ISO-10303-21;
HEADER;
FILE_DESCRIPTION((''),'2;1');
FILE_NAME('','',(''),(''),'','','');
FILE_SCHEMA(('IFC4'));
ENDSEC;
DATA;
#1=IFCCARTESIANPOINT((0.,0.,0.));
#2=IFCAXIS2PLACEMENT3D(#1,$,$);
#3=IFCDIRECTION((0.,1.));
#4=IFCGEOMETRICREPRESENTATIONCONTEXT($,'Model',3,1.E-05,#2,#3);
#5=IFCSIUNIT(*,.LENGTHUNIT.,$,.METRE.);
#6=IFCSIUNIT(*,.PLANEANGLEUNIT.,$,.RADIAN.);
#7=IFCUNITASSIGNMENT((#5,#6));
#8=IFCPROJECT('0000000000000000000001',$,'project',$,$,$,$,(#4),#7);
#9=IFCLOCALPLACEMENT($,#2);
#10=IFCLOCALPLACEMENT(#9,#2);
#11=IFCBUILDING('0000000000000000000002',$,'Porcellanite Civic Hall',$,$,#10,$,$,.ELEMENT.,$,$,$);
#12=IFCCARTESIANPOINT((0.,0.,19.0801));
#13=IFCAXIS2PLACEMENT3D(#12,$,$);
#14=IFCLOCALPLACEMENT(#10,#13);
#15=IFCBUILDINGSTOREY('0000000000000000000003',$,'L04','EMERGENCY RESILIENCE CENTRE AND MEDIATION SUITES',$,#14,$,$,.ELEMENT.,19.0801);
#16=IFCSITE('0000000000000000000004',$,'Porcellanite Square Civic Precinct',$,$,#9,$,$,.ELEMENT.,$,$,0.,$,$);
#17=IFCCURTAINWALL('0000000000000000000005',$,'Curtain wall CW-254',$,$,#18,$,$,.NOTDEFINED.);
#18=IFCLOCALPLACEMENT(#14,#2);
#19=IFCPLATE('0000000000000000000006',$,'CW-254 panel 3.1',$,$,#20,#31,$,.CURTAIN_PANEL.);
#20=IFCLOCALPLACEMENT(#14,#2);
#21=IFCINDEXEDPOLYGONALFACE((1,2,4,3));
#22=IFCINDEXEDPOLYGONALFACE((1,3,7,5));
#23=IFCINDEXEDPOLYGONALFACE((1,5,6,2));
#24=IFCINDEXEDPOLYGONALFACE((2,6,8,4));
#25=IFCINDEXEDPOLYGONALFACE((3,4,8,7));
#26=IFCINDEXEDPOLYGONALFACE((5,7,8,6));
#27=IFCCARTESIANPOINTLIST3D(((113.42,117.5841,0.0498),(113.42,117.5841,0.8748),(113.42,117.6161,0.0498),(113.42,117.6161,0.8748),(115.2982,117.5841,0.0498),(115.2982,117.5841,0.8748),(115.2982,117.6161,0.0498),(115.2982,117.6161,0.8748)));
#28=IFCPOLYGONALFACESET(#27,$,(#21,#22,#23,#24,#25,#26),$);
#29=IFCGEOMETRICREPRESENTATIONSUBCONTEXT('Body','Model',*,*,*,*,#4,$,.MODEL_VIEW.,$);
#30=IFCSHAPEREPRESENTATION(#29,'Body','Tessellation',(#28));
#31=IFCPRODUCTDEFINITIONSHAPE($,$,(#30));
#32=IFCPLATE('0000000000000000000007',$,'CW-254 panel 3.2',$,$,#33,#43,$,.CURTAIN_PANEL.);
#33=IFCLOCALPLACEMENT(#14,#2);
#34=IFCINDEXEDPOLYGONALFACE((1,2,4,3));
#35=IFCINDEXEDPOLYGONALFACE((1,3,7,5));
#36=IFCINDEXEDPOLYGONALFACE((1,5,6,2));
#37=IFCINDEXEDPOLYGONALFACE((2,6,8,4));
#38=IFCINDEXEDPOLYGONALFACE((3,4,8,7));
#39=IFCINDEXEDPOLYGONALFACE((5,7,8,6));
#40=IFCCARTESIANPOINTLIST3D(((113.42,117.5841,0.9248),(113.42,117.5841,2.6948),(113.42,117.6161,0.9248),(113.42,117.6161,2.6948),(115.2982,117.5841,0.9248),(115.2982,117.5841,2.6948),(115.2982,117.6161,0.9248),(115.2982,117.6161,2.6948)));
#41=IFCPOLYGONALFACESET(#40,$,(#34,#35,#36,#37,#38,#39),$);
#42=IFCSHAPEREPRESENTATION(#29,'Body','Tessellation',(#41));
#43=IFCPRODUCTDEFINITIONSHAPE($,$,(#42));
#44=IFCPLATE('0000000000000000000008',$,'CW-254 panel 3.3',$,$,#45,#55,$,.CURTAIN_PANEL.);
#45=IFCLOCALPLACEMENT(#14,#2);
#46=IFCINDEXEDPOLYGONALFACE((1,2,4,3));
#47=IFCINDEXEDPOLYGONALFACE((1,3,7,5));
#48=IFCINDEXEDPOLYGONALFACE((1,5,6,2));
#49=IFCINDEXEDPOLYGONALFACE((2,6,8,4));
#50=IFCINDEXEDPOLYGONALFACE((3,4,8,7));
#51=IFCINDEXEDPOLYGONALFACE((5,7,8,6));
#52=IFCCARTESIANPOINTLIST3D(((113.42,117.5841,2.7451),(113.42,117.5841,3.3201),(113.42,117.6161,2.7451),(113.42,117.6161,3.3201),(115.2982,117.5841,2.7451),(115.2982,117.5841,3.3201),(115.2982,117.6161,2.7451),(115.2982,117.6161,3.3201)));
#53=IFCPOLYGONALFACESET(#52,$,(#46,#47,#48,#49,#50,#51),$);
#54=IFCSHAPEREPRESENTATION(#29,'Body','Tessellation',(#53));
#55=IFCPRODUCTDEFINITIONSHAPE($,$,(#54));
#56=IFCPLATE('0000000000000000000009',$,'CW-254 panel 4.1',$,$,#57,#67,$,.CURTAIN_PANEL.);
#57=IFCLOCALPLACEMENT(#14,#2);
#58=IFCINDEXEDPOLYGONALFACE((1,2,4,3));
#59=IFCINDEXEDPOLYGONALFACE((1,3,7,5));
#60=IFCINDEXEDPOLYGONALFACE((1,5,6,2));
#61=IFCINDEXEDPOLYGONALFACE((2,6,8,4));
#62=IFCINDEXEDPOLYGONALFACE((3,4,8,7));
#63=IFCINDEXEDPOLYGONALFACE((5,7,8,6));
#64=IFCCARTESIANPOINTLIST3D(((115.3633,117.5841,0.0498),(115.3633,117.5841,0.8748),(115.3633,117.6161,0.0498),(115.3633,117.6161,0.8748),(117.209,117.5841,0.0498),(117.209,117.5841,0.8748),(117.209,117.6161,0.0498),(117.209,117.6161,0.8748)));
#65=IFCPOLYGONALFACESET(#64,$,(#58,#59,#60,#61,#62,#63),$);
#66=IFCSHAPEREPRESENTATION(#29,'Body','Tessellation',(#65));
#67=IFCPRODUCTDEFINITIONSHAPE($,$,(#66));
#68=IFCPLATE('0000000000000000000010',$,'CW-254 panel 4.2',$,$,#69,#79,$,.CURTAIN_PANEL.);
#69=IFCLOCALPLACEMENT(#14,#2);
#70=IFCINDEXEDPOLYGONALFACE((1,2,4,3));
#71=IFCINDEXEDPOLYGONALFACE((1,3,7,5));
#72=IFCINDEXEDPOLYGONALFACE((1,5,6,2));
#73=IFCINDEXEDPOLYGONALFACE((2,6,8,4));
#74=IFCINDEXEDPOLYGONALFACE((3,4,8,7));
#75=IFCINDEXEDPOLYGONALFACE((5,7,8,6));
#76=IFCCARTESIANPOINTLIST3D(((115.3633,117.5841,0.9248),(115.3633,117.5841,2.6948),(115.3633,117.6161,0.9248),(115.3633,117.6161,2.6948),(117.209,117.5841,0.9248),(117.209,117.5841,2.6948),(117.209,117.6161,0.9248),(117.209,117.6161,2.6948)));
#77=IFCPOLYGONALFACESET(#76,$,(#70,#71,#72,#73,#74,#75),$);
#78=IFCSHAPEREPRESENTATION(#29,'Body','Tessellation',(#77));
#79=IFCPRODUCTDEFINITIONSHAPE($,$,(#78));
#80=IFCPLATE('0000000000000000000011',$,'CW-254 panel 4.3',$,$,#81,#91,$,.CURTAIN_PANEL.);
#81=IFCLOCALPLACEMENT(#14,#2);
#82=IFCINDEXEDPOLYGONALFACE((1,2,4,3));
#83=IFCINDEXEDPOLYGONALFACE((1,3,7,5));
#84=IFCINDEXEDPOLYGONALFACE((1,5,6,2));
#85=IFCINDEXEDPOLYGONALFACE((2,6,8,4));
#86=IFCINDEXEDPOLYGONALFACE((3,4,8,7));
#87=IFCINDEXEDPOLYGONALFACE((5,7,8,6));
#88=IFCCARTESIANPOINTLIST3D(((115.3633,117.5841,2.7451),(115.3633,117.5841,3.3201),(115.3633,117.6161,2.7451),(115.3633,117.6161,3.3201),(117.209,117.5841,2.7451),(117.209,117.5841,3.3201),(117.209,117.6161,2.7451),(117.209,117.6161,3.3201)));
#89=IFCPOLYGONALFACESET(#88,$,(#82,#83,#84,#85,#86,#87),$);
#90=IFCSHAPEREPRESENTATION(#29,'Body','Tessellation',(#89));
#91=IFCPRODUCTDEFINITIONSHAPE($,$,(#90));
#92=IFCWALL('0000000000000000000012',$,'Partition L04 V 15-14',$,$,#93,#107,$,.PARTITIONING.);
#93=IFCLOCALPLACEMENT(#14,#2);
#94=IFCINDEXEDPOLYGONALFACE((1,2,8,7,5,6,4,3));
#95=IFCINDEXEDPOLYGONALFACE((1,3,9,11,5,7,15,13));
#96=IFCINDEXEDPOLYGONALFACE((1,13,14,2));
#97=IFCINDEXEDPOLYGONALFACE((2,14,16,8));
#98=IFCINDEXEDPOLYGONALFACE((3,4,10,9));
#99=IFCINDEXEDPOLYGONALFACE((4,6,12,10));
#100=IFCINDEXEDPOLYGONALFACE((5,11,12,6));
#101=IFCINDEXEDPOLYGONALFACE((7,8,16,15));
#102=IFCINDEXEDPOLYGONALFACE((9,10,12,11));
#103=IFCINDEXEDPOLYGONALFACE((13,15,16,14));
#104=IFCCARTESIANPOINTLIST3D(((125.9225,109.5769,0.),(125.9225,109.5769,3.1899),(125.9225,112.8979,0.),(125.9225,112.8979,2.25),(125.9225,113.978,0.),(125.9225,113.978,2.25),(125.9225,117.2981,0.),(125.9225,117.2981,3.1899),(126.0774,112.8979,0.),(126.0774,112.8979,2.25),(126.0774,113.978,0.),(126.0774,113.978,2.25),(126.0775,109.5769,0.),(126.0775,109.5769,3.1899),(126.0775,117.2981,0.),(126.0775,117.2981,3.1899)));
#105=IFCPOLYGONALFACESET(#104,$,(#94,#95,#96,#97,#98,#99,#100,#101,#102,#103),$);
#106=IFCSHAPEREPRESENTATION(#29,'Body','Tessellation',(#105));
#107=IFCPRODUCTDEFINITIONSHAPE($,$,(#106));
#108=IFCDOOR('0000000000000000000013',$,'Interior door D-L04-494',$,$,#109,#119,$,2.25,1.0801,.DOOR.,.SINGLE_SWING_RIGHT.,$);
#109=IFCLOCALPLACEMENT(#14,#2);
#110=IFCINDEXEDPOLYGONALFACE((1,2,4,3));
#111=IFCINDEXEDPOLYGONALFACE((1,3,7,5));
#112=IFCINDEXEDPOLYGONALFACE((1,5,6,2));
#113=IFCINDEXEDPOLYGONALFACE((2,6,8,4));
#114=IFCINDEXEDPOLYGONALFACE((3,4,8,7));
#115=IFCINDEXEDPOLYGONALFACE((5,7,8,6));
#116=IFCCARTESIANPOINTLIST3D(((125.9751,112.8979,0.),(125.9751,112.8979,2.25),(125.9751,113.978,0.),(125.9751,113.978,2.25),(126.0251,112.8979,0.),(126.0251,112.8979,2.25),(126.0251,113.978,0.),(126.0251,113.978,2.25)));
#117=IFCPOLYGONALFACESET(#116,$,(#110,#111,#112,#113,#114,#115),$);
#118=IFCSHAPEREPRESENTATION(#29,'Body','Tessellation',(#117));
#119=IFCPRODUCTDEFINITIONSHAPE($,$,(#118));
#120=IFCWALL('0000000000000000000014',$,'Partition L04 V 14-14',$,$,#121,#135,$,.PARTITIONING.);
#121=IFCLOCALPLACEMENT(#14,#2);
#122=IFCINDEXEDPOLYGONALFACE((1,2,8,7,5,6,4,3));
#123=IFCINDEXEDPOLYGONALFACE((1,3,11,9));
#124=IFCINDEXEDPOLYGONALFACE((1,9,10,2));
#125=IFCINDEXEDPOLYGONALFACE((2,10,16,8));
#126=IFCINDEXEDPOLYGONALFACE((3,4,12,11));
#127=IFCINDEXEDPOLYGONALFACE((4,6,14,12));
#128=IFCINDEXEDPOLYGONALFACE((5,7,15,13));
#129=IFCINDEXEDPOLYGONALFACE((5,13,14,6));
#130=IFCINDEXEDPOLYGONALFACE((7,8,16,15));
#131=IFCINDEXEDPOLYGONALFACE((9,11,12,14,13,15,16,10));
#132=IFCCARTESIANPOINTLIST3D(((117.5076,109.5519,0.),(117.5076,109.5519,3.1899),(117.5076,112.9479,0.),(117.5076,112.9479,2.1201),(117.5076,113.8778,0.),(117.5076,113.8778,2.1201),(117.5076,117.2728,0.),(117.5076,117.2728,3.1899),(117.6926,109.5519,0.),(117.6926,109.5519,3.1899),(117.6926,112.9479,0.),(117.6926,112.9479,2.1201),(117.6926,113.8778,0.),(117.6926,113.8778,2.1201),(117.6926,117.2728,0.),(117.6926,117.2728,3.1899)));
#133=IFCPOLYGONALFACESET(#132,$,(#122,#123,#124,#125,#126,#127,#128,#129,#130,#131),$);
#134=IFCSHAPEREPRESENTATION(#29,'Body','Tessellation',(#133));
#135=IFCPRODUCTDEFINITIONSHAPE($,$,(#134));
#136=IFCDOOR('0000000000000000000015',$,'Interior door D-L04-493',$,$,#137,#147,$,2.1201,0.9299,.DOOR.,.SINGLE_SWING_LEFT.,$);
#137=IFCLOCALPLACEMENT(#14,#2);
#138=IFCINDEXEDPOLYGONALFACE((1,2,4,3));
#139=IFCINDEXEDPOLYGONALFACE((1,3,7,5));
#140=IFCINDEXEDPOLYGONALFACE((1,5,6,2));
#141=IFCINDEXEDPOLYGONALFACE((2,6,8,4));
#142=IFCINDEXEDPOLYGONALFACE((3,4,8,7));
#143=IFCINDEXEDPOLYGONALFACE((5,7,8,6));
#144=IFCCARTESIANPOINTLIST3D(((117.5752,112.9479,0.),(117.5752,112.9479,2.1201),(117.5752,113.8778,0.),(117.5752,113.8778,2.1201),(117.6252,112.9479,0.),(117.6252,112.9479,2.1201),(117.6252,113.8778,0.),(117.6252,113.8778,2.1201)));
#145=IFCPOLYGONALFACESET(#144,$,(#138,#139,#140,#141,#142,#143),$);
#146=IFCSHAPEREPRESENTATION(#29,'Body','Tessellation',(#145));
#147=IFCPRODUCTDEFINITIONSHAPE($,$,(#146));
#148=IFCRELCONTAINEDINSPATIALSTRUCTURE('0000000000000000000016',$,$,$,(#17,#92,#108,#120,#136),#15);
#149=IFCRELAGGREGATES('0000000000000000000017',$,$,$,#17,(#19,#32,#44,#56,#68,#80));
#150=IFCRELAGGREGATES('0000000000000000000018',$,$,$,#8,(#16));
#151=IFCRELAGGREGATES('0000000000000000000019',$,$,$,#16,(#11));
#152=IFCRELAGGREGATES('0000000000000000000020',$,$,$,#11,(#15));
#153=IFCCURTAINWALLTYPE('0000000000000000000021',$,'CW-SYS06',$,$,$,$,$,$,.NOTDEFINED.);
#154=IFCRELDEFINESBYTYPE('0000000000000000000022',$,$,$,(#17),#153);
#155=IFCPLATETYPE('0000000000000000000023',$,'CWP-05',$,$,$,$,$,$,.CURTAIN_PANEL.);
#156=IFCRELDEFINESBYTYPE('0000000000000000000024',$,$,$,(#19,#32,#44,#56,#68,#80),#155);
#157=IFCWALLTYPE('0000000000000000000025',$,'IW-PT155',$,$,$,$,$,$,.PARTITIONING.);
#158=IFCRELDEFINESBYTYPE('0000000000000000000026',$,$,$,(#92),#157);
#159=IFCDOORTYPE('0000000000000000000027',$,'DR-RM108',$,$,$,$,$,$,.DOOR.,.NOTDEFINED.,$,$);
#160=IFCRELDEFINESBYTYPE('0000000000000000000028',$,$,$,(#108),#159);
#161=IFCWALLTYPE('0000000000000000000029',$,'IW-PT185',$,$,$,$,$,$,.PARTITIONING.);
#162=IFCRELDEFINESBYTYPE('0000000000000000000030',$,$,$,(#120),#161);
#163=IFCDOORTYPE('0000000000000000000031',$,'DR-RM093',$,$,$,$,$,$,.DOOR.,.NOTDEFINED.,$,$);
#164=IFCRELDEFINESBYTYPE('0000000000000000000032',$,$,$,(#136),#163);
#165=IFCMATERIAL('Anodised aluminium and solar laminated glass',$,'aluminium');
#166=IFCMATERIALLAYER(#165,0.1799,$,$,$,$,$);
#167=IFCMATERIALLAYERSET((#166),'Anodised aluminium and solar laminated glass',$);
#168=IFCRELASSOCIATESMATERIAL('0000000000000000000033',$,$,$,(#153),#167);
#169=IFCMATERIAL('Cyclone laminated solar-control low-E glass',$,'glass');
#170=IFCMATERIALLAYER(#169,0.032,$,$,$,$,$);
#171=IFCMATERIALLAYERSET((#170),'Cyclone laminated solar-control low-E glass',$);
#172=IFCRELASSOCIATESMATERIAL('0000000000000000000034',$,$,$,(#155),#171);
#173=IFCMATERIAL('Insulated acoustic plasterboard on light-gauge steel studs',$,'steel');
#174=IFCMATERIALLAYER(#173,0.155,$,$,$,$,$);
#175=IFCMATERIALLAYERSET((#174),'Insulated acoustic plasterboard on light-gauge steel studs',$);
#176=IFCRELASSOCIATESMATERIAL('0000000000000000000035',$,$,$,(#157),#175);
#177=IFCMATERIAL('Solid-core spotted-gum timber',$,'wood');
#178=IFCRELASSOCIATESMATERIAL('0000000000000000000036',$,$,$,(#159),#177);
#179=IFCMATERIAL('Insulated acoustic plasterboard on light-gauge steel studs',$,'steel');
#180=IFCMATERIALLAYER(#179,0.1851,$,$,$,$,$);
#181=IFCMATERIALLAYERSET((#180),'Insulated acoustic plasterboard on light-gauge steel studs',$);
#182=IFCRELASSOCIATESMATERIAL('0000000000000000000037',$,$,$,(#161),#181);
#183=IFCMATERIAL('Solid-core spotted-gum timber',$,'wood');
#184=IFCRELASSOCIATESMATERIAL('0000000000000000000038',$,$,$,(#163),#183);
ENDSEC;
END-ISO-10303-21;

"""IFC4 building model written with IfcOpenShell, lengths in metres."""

from ifc_helpers import new_model, si_unit, direction, frame, frame_2d, origin, origin_2d, place, context, subcontext, project, spatial, rectangle, extrude, material, layer, layer_set, type_object, element, fill, aggregate, save


model = new_model("IFC4")

# Units and contexts
model_context = context("Model", 3, precision=1e-05, world=origin(), true_north=direction((0.0, 1.0)))
body_context = subcontext(model_context, "Body", "Model", "MODEL_VIEW")
ifc_project = project(units=[si_unit("LENGTHUNIT", "METRE"), si_unit("PLANEANGLEUNIT", "RADIAN")], contexts=[model_context])

# Site, building, storey
site_placement = place(None, origin())
site = spatial("IfcSite", under=ifc_project, at=site_placement, Name="Porcellanite Square Civic Precinct", CompositionType="ELEMENT", RefElevation=0.0)
building_placement = place(site_placement, origin())
building = spatial("IfcBuilding", under=site, at=building_placement, Name="Porcellanite Civic Hall", CompositionType="ELEMENT")
storey_placement = place(building_placement, frame((0.0, 0.0, 19.0801)))
storey = spatial("IfcBuildingStorey", under=building, at=storey_placement, Name="L04", Description="EMERGENCY RESILIENCE CENTRE AND MEDIATION SUITES", CompositionType="ELEMENT", Elevation=19.0801)

# Curtain wall
ifc_material_1 = material(Name="Anodised aluminium and solar laminated glass", Category="aluminium")
ifc_layer_1 = layer(ifc_material_1, 0.1799)
ifc_layer_set_1 = layer_set([ifc_layer_1], Name="Anodised aluminium and solar laminated glass")
curtain_wall_type = type_object("IfcCurtainWallType", Name="CW-SYS06", PredefinedType="NOTDEFINED", material=ifc_layer_set_1)
curtain_wall_placement = place(storey_placement, origin())
curtain_wall = element("IfcCurtainWall", 1, at=curtain_wall_placement, inside=storey, type_object=curtain_wall_type, Name="Curtain wall CW-254", PredefinedType="NOTDEFINED")

# Plates
ifc_material_2 = material(Name="Cyclone laminated solar-control low-E glass", Category="glass")
ifc_layer_2 = layer(ifc_material_2, 0.032)
ifc_layer_set_2 = layer_set([ifc_layer_2], Name="Cyclone laminated solar-control low-E glass")
plate_type = type_object("IfcPlateType", Name="CWP-05", PredefinedType="CURTAIN_PANEL", material=ifc_layer_set_2)
plate_1_placement = place(storey_placement, frame((114.3591, 117.6001, 0.0498), z_axis=(0.0, 0.0, 1.0), x_axis=(1.0, 0.0, 0.0)))
plate_1 = element("IfcPlate", 2, at=plate_1_placement, type_object=plate_type, Name="CW-254 panel 3.1", PredefinedType="CURTAIN_PANEL", context=body_context, shape_type="SweptSolid", body=[
    extrude(rectangle(XDim=1.8782, YDim=0.032, at=origin_2d()), origin(), (0.0, 0.0, 1.0), 0.825),
])
plate_2_placement = place(storey_placement, frame((114.3591, 117.6001, 0.9248), z_axis=(0.0, 0.0, 1.0), x_axis=(1.0, 0.0, 0.0)))
plate_2 = element("IfcPlate", 3, at=plate_2_placement, type_object=plate_type, Name="CW-254 panel 3.2", PredefinedType="CURTAIN_PANEL", context=body_context, shape_type="SweptSolid", body=[
    extrude(rectangle(XDim=1.8782, YDim=0.032, at=origin_2d()), origin(), (0.0, 0.0, 1.0), 1.77),
])
plate_3_placement = place(storey_placement, frame((114.3591, 117.6001, 2.7451), z_axis=(0.0, 0.0, 1.0), x_axis=(1.0, 0.0, 0.0)))
plate_3 = element("IfcPlate", 4, at=plate_3_placement, type_object=plate_type, Name="CW-254 panel 3.3", PredefinedType="CURTAIN_PANEL", context=body_context, shape_type="SweptSolid", body=[
    extrude(rectangle(XDim=1.8782, YDim=0.032, at=origin_2d()), origin(), (0.0, 0.0, 1.0), 0.575),
])
plate_4_placement = place(storey_placement, frame((116.2861, 117.6001, 0.0498), z_axis=(0.0, 0.0, 1.0), x_axis=(1.0, 0.0, 0.0)))
plate_4 = element("IfcPlate", 5, at=plate_4_placement, type_object=plate_type, Name="CW-254 panel 4.1", PredefinedType="CURTAIN_PANEL", context=body_context, shape_type="SweptSolid", body=[
    extrude(rectangle(XDim=1.8457, YDim=0.032, at=origin_2d()), origin(), (0.0, 0.0, 1.0), 0.825),
])
plate_5_placement = place(storey_placement, frame((116.2861, 117.6001, 0.9248), z_axis=(0.0, 0.0, 1.0), x_axis=(1.0, 0.0, 0.0)))
plate_5 = element("IfcPlate", 6, at=plate_5_placement, type_object=plate_type, Name="CW-254 panel 4.2", PredefinedType="CURTAIN_PANEL", context=body_context, shape_type="SweptSolid", body=[
    extrude(rectangle(XDim=1.8457, YDim=0.032, at=origin_2d()), origin(), (0.0, 0.0, 1.0), 1.77),
])
plate_6_placement = place(storey_placement, frame((116.2861, 117.6001, 2.7451), z_axis=(0.0, 0.0, 1.0), x_axis=(1.0, 0.0, 0.0)))
plate_6 = element("IfcPlate", 7, at=plate_6_placement, type_object=plate_type, Name="CW-254 panel 4.3", PredefinedType="CURTAIN_PANEL", context=body_context, shape_type="SweptSolid", body=[
    extrude(rectangle(XDim=1.8457, YDim=0.032, at=origin_2d()), origin(), (0.0, 0.0, 1.0), 0.575),
])
aggregate(curtain_wall, [plate_1, plate_2, plate_3, plate_4, plate_5, plate_6])

# Walls, openings, doors
ifc_material_3 = material(Name="Insulated acoustic plasterboard on light-gauge steel studs", Category="steel")
ifc_layer_3 = layer(ifc_material_3, 0.155)
ifc_layer_set_3 = layer_set([ifc_layer_3], Name="Insulated acoustic plasterboard on light-gauge steel studs")
wall_type_1 = type_object("IfcWallType", Name="IW-PT155", PredefinedType="PARTITIONING", material=ifc_layer_set_3)
wall_1_placement = place(storey_placement, frame((126.0, 109.5769, 0.0), z_axis=(0.0, 0.0, 1.0), x_axis=(0.0, 1.0, 0.0)))
wall_1 = element("IfcWall", 8, at=wall_1_placement, inside=storey, type_object=wall_type_1, Name="Partition L04 V 15-14", PredefinedType="PARTITIONING", context=body_context, shape_type="SweptSolid", body=[
    extrude(rectangle(XDim=7.7212, YDim=0.155, at=frame_2d((3.8606, 0.0))), origin(), (0.0, 0.0, 1.0), 3.1899),
])
opening_1_placement = place(wall_1_placement, frame((3.321, 0.0, 0.0)))
opening_1 = element("IfcOpeningElement", 9, at=opening_1_placement, cuts=wall_1, PredefinedType="OPENING", context=body_context, shape_type="SweptSolid", body=[
    extrude(rectangle(XDim=1.0801, YDim=2.25, at=frame_2d((0.54, 1.125))), frame((0.0, 0.0776, 0.0), z_axis=(0.0, -1.0, 0.0), x_axis=(1.0, 0.0, 0.0)), (0.0, 0.0, 1.0), 0.155),
])
ifc_material_4 = material(Name="Solid-core spotted-gum timber", Category="wood")
door_type_1 = type_object("IfcDoorType", Name="DR-RM108", OperationType="NOTDEFINED", PredefinedType="DOOR", material=ifc_material_4)
door_1_placement = place(opening_1_placement, origin())
door_1 = element("IfcDoor", 10, at=door_1_placement, inside=storey, type_object=door_type_1, Name="Interior door D-L04-494", OperationType="SINGLE_SWING_RIGHT", OverallHeight=2.25, OverallWidth=1.0801, PredefinedType="DOOR", context=body_context, shape_type="SweptSolid", body=[
    extrude(rectangle(XDim=1.0801, YDim=2.25, at=frame_2d((0.54, 1.125))), frame((0.0, 0.0249, 0.0), z_axis=(0.0, -1.0, 0.0), x_axis=(1.0, 0.0, 0.0)), (0.0, 0.0, 1.0), 0.05),
])
fill(opening_1, door_1)
ifc_material_5 = material(Name="Insulated acoustic plasterboard on light-gauge steel studs", Category="steel")
ifc_layer_4 = layer(ifc_material_5, 0.1851)
ifc_layer_set_4 = layer_set([ifc_layer_4], Name="Insulated acoustic plasterboard on light-gauge steel studs")
wall_type_2 = type_object("IfcWallType", Name="IW-PT185", PredefinedType="PARTITIONING", material=ifc_layer_set_4)
wall_2_placement = place(storey_placement, frame((117.6001, 109.552, 0.0), z_axis=(0.0, 0.0, 1.0), x_axis=(0.0, 1.0, 0.0)))
wall_2 = element("IfcWall", 11, at=wall_2_placement, inside=storey, type_object=wall_type_2, Name="Partition L04 V 14-14", PredefinedType="PARTITIONING", context=body_context, shape_type="SweptSolid", body=[
    extrude(rectangle(XDim=7.7209, YDim=0.1851, at=frame_2d((3.8604, 0.0))), origin(), (0.0, 0.0, 1.0), 3.1899),
])
opening_2_placement = place(wall_2_placement, frame((3.396, 0.0, 0.0)))
opening_2 = element("IfcOpeningElement", 12, at=opening_2_placement, cuts=wall_2, PredefinedType="OPENING", context=body_context, shape_type="SweptSolid", body=[
    extrude(rectangle(XDim=0.9299, YDim=2.1201, at=frame_2d((0.4648, 1.0601))), frame((0.0, 0.0925, 0.0), z_axis=(0.0, -1.0, 0.0), x_axis=(1.0, 0.0, 0.0)), (0.0, 0.0, 1.0), 0.1851),
])
ifc_material_6 = material(Name="Solid-core spotted-gum timber", Category="wood")
door_type_2 = type_object("IfcDoorType", Name="DR-RM093", OperationType="NOTDEFINED", PredefinedType="DOOR", material=ifc_material_6)
door_2_placement = place(opening_2_placement, origin())
door_2 = element("IfcDoor", 13, at=door_2_placement, inside=storey, type_object=door_type_2, Name="Interior door D-L04-493", OperationType="SINGLE_SWING_LEFT", OverallHeight=2.1201, OverallWidth=0.9299, PredefinedType="DOOR", context=body_context, shape_type="SweptSolid", body=[
    extrude(rectangle(XDim=0.9299, YDim=2.1201, at=frame_2d((0.4648, 1.0601))), frame((0.0, 0.0249, 0.0), z_axis=(0.0, -1.0, 0.0), x_axis=(1.0, 0.0, 0.0)), (0.0, 0.0, 1.0), 0.05),
])
fill(opening_2, door_2)

save(model, "model.ifc")
